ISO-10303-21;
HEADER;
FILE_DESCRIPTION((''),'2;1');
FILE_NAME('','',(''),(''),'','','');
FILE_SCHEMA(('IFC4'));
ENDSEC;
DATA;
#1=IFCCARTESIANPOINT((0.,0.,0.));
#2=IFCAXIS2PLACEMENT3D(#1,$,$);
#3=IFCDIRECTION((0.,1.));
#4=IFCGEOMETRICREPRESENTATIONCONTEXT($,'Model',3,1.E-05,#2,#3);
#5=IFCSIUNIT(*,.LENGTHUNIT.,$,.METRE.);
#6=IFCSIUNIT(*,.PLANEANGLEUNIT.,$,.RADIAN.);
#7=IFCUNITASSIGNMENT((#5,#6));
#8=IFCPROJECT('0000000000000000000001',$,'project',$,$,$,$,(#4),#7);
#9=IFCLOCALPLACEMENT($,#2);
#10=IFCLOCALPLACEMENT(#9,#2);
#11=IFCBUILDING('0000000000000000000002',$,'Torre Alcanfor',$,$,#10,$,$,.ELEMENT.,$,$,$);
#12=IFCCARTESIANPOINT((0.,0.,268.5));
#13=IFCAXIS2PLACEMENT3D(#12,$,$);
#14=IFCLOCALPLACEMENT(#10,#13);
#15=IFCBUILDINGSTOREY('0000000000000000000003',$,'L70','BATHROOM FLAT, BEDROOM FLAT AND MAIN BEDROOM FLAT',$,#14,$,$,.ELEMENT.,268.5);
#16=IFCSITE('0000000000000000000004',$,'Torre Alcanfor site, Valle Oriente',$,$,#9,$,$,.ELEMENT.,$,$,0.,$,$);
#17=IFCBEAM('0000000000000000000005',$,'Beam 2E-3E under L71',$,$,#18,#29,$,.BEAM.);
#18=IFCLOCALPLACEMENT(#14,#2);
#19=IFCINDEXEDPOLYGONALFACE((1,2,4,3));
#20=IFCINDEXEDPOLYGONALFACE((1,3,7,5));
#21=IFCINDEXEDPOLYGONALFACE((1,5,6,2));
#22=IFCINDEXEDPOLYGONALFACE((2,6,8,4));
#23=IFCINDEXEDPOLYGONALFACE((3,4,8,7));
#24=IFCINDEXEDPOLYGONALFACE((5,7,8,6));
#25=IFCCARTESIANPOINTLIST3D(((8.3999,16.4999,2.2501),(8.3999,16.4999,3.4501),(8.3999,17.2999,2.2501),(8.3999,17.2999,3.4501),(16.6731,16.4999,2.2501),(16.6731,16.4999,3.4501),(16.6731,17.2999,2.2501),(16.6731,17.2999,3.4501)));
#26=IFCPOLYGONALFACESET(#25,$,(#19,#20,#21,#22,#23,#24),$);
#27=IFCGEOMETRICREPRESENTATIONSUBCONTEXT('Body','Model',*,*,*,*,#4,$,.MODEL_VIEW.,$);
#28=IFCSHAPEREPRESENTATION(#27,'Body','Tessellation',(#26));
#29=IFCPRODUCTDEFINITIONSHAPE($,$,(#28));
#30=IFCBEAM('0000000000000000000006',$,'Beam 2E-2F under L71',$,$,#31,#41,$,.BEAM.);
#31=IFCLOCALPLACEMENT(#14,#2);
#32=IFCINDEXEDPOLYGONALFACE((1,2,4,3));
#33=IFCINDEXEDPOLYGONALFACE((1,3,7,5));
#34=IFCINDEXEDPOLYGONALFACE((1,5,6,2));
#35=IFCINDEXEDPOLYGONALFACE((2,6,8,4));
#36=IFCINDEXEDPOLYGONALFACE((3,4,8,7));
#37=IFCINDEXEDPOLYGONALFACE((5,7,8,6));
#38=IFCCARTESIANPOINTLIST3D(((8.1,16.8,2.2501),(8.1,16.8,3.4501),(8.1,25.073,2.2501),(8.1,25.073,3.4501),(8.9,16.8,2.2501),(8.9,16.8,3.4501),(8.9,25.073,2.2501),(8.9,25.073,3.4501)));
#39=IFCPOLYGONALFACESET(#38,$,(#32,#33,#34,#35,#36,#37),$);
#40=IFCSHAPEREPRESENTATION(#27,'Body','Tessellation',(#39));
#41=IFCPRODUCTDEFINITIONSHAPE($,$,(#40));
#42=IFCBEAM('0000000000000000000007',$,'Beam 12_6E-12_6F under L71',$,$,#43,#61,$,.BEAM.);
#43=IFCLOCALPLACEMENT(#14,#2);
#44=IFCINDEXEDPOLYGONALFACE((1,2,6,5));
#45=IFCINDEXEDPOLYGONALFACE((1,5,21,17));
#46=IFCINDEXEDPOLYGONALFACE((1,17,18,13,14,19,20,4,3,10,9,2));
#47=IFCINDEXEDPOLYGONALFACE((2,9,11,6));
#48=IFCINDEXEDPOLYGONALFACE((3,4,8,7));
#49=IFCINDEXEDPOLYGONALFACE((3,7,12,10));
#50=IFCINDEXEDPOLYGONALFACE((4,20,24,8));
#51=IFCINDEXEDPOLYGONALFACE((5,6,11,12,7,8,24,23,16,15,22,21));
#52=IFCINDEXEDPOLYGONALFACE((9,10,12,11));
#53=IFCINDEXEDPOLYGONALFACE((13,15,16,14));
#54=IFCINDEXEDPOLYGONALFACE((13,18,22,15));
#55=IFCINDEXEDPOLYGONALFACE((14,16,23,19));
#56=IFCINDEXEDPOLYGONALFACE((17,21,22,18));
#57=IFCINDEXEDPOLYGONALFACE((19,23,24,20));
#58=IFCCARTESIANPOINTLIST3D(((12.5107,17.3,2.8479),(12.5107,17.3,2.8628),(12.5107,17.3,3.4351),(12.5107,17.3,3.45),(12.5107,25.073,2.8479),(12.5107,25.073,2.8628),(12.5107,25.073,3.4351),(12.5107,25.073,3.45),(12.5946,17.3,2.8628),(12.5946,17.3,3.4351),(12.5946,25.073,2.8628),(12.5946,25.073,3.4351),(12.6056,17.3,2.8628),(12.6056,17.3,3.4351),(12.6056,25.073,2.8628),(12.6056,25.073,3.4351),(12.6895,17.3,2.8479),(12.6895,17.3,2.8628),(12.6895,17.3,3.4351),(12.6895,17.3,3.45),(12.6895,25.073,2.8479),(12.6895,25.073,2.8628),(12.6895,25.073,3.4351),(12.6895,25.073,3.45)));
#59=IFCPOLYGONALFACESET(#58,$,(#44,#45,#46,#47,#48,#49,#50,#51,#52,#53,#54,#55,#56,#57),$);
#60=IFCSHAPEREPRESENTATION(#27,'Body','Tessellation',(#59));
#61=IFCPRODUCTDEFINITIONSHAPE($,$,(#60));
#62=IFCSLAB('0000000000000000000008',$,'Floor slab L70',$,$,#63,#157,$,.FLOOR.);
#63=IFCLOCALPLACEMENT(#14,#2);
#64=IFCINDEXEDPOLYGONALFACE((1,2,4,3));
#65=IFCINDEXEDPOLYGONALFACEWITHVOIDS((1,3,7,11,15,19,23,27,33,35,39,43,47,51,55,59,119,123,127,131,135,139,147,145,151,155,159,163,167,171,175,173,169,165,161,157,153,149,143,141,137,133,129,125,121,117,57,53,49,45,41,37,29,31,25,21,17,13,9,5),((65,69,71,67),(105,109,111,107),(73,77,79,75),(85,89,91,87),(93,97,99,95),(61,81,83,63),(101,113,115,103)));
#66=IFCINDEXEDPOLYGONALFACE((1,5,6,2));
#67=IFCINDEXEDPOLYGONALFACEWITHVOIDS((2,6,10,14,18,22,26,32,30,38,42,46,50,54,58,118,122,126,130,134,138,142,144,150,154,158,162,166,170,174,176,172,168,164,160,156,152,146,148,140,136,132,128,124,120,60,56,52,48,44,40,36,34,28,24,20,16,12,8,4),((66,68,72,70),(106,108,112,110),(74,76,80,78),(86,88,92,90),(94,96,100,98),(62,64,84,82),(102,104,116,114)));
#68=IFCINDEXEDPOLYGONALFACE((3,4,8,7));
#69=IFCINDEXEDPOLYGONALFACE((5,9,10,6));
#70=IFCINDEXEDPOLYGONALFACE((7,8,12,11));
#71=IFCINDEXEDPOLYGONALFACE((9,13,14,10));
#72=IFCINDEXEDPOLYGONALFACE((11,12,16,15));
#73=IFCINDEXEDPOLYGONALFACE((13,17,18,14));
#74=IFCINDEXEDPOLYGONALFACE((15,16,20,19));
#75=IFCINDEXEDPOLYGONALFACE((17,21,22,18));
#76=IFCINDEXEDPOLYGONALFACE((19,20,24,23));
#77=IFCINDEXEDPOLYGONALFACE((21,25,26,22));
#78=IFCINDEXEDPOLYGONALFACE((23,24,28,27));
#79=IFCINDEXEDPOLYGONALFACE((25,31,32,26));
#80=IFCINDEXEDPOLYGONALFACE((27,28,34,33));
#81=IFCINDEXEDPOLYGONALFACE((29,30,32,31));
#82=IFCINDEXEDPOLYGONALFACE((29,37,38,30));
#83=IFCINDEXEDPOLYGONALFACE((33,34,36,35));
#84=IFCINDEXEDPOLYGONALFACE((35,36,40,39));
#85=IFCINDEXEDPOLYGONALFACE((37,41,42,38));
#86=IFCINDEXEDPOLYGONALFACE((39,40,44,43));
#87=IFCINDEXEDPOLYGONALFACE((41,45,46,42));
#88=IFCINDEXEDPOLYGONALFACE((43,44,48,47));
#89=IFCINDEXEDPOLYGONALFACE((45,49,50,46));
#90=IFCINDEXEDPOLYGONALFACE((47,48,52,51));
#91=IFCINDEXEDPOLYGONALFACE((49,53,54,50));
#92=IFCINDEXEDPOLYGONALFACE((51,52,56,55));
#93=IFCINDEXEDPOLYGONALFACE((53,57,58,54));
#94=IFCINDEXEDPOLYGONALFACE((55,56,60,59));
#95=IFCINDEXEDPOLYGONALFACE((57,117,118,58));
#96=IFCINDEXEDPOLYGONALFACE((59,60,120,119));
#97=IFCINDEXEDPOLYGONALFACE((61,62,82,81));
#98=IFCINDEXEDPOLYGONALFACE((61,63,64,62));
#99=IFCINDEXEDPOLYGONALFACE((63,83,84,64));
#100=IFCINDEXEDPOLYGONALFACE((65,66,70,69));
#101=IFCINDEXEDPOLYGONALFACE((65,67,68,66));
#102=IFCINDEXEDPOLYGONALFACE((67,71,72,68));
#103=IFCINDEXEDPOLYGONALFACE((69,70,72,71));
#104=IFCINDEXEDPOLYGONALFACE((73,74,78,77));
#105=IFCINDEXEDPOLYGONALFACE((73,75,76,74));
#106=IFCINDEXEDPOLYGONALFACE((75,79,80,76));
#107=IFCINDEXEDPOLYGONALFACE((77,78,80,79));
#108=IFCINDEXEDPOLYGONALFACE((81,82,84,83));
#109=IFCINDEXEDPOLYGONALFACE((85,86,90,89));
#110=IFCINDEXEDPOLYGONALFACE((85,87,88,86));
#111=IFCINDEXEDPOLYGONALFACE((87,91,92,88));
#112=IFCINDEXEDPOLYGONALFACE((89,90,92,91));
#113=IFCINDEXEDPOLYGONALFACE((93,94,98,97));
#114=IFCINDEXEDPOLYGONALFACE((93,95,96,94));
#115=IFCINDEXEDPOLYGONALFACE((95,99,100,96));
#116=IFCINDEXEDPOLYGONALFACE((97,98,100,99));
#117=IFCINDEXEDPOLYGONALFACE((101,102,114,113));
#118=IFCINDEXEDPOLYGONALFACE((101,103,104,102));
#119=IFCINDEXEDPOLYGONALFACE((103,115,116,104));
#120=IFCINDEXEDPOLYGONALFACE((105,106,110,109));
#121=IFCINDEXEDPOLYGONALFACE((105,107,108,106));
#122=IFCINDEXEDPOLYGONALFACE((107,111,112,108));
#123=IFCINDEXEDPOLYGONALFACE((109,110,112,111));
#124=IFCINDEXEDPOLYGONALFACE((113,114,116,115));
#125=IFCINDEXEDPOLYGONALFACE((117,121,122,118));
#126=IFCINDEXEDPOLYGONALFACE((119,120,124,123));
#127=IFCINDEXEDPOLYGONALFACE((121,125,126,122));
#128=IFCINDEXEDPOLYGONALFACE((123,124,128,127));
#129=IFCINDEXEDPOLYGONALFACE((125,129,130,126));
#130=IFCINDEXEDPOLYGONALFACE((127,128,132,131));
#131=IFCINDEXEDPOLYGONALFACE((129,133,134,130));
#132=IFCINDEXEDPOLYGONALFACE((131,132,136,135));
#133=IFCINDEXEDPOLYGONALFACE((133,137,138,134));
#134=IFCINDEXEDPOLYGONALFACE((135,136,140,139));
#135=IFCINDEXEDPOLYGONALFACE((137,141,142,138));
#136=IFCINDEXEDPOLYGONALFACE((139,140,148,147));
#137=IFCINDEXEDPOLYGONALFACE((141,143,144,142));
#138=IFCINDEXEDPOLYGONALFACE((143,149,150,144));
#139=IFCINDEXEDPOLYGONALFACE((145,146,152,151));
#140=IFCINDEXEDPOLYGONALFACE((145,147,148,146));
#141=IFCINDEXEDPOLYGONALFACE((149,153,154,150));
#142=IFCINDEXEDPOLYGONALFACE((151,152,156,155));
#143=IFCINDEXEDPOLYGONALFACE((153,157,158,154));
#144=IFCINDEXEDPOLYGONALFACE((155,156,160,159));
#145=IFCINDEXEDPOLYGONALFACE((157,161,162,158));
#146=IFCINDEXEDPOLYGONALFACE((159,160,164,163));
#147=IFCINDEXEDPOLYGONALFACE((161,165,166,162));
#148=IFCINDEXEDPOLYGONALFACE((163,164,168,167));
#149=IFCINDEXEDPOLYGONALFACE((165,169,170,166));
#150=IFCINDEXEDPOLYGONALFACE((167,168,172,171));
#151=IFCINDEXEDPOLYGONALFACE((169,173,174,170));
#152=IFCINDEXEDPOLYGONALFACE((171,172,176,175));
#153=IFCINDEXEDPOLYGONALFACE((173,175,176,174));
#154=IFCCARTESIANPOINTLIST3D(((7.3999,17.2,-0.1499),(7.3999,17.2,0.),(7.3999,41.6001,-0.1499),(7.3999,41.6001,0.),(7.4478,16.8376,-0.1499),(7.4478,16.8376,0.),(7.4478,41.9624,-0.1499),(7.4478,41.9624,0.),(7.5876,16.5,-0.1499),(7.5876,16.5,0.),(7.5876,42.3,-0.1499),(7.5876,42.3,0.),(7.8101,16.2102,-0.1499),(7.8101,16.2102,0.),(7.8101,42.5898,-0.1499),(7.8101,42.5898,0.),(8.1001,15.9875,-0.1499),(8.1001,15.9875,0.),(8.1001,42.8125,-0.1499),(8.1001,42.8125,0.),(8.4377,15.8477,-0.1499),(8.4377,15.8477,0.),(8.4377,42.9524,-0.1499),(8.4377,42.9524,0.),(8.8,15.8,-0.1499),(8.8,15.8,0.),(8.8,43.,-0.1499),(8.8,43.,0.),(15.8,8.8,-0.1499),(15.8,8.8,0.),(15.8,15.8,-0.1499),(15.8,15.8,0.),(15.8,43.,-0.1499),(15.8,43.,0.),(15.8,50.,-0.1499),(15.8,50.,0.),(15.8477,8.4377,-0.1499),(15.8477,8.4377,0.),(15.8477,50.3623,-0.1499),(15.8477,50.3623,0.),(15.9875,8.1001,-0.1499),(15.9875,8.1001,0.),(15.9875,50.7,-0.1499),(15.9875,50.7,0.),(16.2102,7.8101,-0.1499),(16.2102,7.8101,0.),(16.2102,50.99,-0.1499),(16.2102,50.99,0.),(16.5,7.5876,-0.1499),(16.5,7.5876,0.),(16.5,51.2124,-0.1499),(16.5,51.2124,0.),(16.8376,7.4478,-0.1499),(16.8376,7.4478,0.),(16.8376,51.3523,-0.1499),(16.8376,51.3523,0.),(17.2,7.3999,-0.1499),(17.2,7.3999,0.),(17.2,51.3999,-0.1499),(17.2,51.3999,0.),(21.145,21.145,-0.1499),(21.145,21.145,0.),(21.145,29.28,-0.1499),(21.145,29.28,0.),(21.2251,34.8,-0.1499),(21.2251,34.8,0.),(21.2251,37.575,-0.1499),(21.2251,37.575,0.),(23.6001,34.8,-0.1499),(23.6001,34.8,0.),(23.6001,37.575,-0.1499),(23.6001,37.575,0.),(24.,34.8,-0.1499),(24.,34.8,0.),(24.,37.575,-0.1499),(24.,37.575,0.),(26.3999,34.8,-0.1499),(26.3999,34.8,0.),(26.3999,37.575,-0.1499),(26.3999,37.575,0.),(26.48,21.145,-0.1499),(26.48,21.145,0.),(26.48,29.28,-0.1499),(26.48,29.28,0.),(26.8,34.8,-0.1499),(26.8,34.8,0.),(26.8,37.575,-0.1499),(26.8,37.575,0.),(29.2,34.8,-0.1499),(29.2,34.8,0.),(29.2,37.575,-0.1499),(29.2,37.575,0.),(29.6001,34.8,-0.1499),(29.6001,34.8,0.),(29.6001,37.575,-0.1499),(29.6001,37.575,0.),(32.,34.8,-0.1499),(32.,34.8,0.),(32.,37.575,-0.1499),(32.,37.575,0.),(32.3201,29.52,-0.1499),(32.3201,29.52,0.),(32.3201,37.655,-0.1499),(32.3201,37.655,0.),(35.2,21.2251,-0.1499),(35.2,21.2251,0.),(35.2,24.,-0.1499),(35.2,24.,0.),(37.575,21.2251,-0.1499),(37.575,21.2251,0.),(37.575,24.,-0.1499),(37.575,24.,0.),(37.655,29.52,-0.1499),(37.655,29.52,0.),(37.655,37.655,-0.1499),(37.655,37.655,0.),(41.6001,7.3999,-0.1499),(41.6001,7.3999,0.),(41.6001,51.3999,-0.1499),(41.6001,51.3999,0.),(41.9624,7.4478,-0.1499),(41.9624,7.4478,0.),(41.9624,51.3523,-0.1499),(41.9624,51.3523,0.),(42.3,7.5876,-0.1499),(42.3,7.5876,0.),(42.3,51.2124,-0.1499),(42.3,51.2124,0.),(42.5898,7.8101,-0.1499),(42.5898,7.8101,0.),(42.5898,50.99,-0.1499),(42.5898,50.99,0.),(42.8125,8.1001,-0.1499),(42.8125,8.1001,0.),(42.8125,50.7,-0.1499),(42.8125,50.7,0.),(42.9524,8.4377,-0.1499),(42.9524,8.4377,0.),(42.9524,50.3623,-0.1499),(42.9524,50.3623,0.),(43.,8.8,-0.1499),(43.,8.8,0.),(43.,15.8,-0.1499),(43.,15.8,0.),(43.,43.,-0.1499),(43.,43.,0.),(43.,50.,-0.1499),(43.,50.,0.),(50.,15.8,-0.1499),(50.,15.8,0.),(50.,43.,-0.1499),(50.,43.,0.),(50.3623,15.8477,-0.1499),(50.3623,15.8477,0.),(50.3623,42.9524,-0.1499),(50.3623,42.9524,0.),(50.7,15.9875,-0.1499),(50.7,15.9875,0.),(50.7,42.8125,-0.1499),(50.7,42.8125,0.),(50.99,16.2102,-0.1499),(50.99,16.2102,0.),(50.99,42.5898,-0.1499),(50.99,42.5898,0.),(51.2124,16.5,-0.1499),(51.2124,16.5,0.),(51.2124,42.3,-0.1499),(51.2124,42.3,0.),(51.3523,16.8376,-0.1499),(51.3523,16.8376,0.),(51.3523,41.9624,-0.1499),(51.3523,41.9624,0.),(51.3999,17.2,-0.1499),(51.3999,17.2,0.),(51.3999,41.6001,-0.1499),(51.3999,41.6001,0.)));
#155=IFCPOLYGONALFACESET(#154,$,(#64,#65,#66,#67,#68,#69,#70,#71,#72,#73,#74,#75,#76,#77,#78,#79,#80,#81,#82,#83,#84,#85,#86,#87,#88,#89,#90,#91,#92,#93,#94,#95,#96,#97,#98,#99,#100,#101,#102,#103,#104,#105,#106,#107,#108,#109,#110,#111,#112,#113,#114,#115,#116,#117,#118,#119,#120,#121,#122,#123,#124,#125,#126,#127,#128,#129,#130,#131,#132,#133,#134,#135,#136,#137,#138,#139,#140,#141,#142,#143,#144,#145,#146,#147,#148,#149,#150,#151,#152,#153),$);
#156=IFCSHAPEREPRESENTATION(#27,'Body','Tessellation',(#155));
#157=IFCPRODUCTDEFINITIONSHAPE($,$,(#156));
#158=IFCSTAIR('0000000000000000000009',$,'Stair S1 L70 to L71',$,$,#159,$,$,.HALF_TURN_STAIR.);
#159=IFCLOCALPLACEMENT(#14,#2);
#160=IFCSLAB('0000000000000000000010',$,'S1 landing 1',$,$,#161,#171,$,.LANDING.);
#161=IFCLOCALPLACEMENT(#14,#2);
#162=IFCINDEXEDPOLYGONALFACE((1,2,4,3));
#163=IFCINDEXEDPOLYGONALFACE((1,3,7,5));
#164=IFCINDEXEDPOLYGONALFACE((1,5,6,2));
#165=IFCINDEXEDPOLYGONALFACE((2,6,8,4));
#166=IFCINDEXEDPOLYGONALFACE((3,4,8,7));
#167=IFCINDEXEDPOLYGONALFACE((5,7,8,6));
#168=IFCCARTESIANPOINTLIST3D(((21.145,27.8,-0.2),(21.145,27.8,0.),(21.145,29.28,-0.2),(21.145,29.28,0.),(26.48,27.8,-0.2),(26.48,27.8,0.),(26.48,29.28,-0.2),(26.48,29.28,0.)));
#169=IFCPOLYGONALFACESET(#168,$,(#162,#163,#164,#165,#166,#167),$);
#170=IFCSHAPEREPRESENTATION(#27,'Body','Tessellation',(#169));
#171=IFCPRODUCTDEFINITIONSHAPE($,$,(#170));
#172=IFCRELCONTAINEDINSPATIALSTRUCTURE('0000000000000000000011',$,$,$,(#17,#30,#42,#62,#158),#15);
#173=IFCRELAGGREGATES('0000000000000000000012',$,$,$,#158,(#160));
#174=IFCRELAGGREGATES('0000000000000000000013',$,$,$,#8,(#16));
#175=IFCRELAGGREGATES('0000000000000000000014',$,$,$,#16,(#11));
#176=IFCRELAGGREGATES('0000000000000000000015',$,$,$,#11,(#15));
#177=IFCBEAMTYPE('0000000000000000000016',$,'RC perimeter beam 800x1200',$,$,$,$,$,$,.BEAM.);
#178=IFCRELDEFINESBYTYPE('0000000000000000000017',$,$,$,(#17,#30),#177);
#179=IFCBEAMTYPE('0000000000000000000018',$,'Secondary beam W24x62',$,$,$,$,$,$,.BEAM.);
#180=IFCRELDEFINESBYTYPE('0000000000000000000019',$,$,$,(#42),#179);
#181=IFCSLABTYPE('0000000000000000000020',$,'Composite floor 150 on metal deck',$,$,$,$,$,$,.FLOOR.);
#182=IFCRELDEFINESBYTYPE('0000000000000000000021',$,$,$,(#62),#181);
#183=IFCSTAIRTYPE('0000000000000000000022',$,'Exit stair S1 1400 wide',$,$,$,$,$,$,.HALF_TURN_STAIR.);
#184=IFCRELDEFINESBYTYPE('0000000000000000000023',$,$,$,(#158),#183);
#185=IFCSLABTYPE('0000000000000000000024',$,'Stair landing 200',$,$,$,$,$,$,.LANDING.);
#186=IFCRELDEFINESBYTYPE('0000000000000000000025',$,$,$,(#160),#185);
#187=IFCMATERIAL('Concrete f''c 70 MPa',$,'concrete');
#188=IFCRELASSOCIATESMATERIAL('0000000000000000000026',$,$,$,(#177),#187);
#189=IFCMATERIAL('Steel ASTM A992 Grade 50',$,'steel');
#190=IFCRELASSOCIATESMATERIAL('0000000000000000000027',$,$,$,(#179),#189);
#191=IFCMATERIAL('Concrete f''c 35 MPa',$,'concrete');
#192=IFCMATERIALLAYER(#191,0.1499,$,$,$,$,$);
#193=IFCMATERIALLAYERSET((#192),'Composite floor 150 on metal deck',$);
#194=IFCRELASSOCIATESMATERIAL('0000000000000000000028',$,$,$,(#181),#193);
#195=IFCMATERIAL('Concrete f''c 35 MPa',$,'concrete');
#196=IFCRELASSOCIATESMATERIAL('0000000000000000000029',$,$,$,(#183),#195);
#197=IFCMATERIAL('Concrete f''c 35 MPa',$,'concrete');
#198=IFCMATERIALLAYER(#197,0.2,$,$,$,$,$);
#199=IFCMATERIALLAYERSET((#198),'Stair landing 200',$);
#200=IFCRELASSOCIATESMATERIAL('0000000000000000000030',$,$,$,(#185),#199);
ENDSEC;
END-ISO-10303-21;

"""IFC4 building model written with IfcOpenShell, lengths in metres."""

from ifc_helpers import new_model, si_unit, direction, frame, origin, origin_2d, place, context, subcontext, project, spatial, polyline, rectangle, i_section, outline, extrude, material, layer, layer_set, material_profile, profile_set, type_object, element, aggregate, save


model = new_model("IFC4")

# Units and contexts
model_context = context("Model", 3, precision=1e-05, world=origin(), true_north=direction((0.0, 1.0)))
body_context = subcontext(model_context, "Body", "Model", "MODEL_VIEW")
ifc_project = project(units=[si_unit("LENGTHUNIT", "METRE"), si_unit("PLANEANGLEUNIT", "RADIAN")], contexts=[model_context])

# Site, building, storey
site_placement = place(None, origin())
site = spatial("IfcSite", under=ifc_project, at=site_placement, Name="Torre Alcanfor site, Valle Oriente", CompositionType="ELEMENT", RefElevation=0.0)
building_placement = place(site_placement, origin())
building = spatial("IfcBuilding", under=site, at=building_placement, Name="Torre Alcanfor", CompositionType="ELEMENT")
storey_placement = place(building_placement, frame((0.0, 0.0, 268.5)))
storey = spatial("IfcBuildingStorey", under=building, at=storey_placement, Name="L70", Description="BATHROOM FLAT, BEDROOM FLAT AND MAIN BEDROOM FLAT", CompositionType="ELEMENT", Elevation=268.5)

# Beams
ifc_material_1 = material(Name="Concrete f'c 70 MPa", Category="concrete")
ifc_material_profile_1 = material_profile(ifc_material_1, rectangle(XDim=0.8, YDim=1.2, at=origin_2d()), Name="800x1200")
ifc_profile_set_1 = profile_set([ifc_material_profile_1], Name="Concrete f'c 70 MPa")
beam_type_1 = type_object("IfcBeamType", Name="RC perimeter beam 800x1200", PredefinedType="BEAM", material=ifc_profile_set_1)
beam_1_placement = place(storey_placement, frame((8.3999, 16.8999, 2.8501), z_axis=(1.0, 0.0, 0.0), x_axis=(0.0, 1.0, 0.0)))
element("IfcBeam", 1, at=beam_1_placement, inside=storey, type_object=beam_type_1, Name="Beam 2E-3E under L71", PredefinedType="BEAM", context=body_context, shape_type="SweptSolid", body=[
    extrude(rectangle(XDim=0.8, YDim=1.2, at=origin_2d()), origin(), (0.0, 0.0, 1.0), 8.2732),
])
beam_2_placement = place(storey_placement, frame((8.5, 16.8, 2.8501), z_axis=(0.0, 1.0, 0.0), x_axis=(-1.0, 0.0, 0.0)))
element("IfcBeam", 2, at=beam_2_placement, inside=storey, type_object=beam_type_1, Name="Beam 2E-2F under L71", PredefinedType="BEAM", context=body_context, shape_type="SweptSolid", body=[
    extrude(rectangle(XDim=0.8, YDim=1.2, at=origin_2d()), origin(), (0.0, 0.0, 1.0), 8.2729),
])
ifc_material_2 = material(Name="Steel ASTM A992 Grade 50", Category="steel")
ifc_material_profile_2 = material_profile(ifc_material_2, i_section(OverallWidth=0.1787, OverallDepth=0.6021, WebThickness=0.011, FlangeThickness=0.0149, at=origin_2d()), Name="W24x62")
ifc_profile_set_2 = profile_set([ifc_material_profile_2], Name="Steel ASTM A992 Grade 50")
beam_type_2 = type_object("IfcBeamType", Name="Secondary beam W24x62", PredefinedType="BEAM", material=ifc_profile_set_2)
beam_3_placement = place(storey_placement, frame((12.6001, 17.3, 3.1489), z_axis=(0.0, 1.0, 0.0), x_axis=(-1.0, 0.0, 0.0)))
element("IfcBeam", 3, at=beam_3_placement, inside=storey, type_object=beam_type_2, Name="Beam 12_6E-12_6F under L71", PredefinedType="BEAM", context=body_context, shape_type="SweptSolid", body=[
    extrude(i_section(OverallWidth=0.1787, OverallDepth=0.6021, WebThickness=0.011, FlangeThickness=0.0149, at=origin_2d()), origin(), (0.0, 0.0, 1.0), 7.7729),
])

# Slab
ifc_material_3 = material(Name="Concrete f'c 35 MPa", Category="concrete")
ifc_layer_1 = layer(ifc_material_3, 0.1499)
ifc_layer_set_1 = layer_set([ifc_layer_1], Name="Composite floor 150 on metal deck")
slab_type_1 = type_object("IfcSlabType", Name="Composite floor 150 on metal deck", PredefinedType="FLOOR", material=ifc_layer_set_1)
slab_1_placement = place(storey_placement, frame((0.0, 0.0, -0.1499)))
element("IfcSlab", 4, at=slab_1_placement, inside=storey, type_object=slab_type_1, Name="Floor slab L70", PredefinedType="FLOOR", context=body_context, shape_type="SweptSolid", body=[
    extrude(outline(polyline([(15.8, 43.0), (8.8, 43.0), (8.4377, 42.9524), (8.1001, 42.8125), (7.8101, 42.5898), (7.5876, 42.3), (7.4478, 41.9624), (7.3999, 41.6001), (7.3999, 17.2), (7.4478, 16.8376), (7.5876, 16.5), (7.8101, 16.2102), (8.1001, 15.9875), (8.4377, 15.8477), (8.8, 15.8), (15.8, 15.8), (15.8, 8.8), (15.8477, 8.4377), (15.9875, 8.1001), (16.2102, 7.8101), (16.5, 7.5876), (16.8376, 7.4478), (17.2, 7.3999), (41.6001, 7.3999), (41.9624, 7.4478), (42.3, 7.5876), (42.5898, 7.8101), (42.8125, 8.1001), (42.9524, 8.4377), (43.0, 8.8), (43.0, 15.8), (50.0, 15.8), (50.3623, 15.8477), (50.7, 15.9875), (50.99, 16.2102), (51.2124, 16.5), (51.3523, 16.8376), (51.3999, 17.2), (51.3999, 41.6001), (51.3523, 41.9624), (51.2124, 42.3), (50.99, 42.5898), (50.7, 42.8125), (50.3623, 42.9524), (50.0, 43.0), (43.0, 43.0), (43.0, 50.0), (42.9524, 50.3623), (42.8125, 50.7), (42.5898, 50.99), (42.3, 51.2124), (41.9624, 51.3523), (41.6001, 51.3999), (17.2, 51.3999), (16.8376, 51.3523), (16.5, 51.2124), (16.2102, 50.99), (15.9875, 50.7), (15.8477, 50.3623), (15.8, 50.0), (15.8, 43.0)]), holes=[polyline([(21.145, 21.145), (26.48, 21.145), (26.48, 29.28), (21.145, 29.28), (21.145, 21.145)]), polyline([(32.3201, 29.52), (37.655, 29.52), (37.655, 37.655), (32.3201, 37.655), (32.3201, 29.52)]), polyline([(35.2, 21.2251), (37.575, 21.2251), (37.575, 24.0), (35.2, 24.0), (35.2, 21.2251)]), polyline([(21.2251, 34.8), (23.6001, 34.8), (23.6001, 37.575), (21.2251, 37.575), (21.2251, 34.8)]), polyline([(24.0, 34.8), (26.3999, 34.8), (26.3999, 37.575), (24.0, 37.575), (24.0, 34.8)]), polyline([(26.8, 34.8), (29.2, 34.8), (29.2, 37.575), (26.8, 37.575), (26.8, 34.8)]), polyline([(29.6001, 34.8), (32.0, 34.8), (32.0, 37.575), (29.6001, 37.575), (29.6001, 34.8)])]), origin(), (0.0, 0.0, 1.0), 0.1499),
])

# Stair, slab
ifc_material_4 = material(Name="Concrete f'c 35 MPa", Category="concrete")
stair_type_1 = type_object("IfcStairType", Name="Exit stair S1 1400 wide", PredefinedType="HALF_TURN_STAIR", material=ifc_material_4)
stair_1_placement = place(storey_placement, origin())
stair_1 = element("IfcStair", 5, at=stair_1_placement, inside=storey, type_object=stair_type_1, Name="Stair S1 L70 to L71", PredefinedType="HALF_TURN_STAIR")
ifc_material_5 = material(Name="Concrete f'c 35 MPa", Category="concrete")
ifc_layer_2 = layer(ifc_material_5, 0.2)
ifc_layer_set_2 = layer_set([ifc_layer_2], Name="Stair landing 200")
slab_type_2 = type_object("IfcSlabType", Name="Stair landing 200", PredefinedType="LANDING", material=ifc_layer_set_2)
slab_2_placement = place(storey_placement, frame((0.0, 0.0, -0.2)))
slab_2 = element("IfcSlab", 6, at=slab_2_placement, type_object=slab_type_2, Name="S1 landing 1", PredefinedType="LANDING", context=body_context, shape_type="SweptSolid", body=[
    extrude(outline(polyline([(21.145, 27.8), (26.48, 27.8), (26.48, 29.28), (21.145, 29.28), (21.145, 27.8)])), origin(), (0.0, 0.0, 1.0), 0.2),
])
aggregate(stair_1, [slab_2])

save(model, "model.ifc")
